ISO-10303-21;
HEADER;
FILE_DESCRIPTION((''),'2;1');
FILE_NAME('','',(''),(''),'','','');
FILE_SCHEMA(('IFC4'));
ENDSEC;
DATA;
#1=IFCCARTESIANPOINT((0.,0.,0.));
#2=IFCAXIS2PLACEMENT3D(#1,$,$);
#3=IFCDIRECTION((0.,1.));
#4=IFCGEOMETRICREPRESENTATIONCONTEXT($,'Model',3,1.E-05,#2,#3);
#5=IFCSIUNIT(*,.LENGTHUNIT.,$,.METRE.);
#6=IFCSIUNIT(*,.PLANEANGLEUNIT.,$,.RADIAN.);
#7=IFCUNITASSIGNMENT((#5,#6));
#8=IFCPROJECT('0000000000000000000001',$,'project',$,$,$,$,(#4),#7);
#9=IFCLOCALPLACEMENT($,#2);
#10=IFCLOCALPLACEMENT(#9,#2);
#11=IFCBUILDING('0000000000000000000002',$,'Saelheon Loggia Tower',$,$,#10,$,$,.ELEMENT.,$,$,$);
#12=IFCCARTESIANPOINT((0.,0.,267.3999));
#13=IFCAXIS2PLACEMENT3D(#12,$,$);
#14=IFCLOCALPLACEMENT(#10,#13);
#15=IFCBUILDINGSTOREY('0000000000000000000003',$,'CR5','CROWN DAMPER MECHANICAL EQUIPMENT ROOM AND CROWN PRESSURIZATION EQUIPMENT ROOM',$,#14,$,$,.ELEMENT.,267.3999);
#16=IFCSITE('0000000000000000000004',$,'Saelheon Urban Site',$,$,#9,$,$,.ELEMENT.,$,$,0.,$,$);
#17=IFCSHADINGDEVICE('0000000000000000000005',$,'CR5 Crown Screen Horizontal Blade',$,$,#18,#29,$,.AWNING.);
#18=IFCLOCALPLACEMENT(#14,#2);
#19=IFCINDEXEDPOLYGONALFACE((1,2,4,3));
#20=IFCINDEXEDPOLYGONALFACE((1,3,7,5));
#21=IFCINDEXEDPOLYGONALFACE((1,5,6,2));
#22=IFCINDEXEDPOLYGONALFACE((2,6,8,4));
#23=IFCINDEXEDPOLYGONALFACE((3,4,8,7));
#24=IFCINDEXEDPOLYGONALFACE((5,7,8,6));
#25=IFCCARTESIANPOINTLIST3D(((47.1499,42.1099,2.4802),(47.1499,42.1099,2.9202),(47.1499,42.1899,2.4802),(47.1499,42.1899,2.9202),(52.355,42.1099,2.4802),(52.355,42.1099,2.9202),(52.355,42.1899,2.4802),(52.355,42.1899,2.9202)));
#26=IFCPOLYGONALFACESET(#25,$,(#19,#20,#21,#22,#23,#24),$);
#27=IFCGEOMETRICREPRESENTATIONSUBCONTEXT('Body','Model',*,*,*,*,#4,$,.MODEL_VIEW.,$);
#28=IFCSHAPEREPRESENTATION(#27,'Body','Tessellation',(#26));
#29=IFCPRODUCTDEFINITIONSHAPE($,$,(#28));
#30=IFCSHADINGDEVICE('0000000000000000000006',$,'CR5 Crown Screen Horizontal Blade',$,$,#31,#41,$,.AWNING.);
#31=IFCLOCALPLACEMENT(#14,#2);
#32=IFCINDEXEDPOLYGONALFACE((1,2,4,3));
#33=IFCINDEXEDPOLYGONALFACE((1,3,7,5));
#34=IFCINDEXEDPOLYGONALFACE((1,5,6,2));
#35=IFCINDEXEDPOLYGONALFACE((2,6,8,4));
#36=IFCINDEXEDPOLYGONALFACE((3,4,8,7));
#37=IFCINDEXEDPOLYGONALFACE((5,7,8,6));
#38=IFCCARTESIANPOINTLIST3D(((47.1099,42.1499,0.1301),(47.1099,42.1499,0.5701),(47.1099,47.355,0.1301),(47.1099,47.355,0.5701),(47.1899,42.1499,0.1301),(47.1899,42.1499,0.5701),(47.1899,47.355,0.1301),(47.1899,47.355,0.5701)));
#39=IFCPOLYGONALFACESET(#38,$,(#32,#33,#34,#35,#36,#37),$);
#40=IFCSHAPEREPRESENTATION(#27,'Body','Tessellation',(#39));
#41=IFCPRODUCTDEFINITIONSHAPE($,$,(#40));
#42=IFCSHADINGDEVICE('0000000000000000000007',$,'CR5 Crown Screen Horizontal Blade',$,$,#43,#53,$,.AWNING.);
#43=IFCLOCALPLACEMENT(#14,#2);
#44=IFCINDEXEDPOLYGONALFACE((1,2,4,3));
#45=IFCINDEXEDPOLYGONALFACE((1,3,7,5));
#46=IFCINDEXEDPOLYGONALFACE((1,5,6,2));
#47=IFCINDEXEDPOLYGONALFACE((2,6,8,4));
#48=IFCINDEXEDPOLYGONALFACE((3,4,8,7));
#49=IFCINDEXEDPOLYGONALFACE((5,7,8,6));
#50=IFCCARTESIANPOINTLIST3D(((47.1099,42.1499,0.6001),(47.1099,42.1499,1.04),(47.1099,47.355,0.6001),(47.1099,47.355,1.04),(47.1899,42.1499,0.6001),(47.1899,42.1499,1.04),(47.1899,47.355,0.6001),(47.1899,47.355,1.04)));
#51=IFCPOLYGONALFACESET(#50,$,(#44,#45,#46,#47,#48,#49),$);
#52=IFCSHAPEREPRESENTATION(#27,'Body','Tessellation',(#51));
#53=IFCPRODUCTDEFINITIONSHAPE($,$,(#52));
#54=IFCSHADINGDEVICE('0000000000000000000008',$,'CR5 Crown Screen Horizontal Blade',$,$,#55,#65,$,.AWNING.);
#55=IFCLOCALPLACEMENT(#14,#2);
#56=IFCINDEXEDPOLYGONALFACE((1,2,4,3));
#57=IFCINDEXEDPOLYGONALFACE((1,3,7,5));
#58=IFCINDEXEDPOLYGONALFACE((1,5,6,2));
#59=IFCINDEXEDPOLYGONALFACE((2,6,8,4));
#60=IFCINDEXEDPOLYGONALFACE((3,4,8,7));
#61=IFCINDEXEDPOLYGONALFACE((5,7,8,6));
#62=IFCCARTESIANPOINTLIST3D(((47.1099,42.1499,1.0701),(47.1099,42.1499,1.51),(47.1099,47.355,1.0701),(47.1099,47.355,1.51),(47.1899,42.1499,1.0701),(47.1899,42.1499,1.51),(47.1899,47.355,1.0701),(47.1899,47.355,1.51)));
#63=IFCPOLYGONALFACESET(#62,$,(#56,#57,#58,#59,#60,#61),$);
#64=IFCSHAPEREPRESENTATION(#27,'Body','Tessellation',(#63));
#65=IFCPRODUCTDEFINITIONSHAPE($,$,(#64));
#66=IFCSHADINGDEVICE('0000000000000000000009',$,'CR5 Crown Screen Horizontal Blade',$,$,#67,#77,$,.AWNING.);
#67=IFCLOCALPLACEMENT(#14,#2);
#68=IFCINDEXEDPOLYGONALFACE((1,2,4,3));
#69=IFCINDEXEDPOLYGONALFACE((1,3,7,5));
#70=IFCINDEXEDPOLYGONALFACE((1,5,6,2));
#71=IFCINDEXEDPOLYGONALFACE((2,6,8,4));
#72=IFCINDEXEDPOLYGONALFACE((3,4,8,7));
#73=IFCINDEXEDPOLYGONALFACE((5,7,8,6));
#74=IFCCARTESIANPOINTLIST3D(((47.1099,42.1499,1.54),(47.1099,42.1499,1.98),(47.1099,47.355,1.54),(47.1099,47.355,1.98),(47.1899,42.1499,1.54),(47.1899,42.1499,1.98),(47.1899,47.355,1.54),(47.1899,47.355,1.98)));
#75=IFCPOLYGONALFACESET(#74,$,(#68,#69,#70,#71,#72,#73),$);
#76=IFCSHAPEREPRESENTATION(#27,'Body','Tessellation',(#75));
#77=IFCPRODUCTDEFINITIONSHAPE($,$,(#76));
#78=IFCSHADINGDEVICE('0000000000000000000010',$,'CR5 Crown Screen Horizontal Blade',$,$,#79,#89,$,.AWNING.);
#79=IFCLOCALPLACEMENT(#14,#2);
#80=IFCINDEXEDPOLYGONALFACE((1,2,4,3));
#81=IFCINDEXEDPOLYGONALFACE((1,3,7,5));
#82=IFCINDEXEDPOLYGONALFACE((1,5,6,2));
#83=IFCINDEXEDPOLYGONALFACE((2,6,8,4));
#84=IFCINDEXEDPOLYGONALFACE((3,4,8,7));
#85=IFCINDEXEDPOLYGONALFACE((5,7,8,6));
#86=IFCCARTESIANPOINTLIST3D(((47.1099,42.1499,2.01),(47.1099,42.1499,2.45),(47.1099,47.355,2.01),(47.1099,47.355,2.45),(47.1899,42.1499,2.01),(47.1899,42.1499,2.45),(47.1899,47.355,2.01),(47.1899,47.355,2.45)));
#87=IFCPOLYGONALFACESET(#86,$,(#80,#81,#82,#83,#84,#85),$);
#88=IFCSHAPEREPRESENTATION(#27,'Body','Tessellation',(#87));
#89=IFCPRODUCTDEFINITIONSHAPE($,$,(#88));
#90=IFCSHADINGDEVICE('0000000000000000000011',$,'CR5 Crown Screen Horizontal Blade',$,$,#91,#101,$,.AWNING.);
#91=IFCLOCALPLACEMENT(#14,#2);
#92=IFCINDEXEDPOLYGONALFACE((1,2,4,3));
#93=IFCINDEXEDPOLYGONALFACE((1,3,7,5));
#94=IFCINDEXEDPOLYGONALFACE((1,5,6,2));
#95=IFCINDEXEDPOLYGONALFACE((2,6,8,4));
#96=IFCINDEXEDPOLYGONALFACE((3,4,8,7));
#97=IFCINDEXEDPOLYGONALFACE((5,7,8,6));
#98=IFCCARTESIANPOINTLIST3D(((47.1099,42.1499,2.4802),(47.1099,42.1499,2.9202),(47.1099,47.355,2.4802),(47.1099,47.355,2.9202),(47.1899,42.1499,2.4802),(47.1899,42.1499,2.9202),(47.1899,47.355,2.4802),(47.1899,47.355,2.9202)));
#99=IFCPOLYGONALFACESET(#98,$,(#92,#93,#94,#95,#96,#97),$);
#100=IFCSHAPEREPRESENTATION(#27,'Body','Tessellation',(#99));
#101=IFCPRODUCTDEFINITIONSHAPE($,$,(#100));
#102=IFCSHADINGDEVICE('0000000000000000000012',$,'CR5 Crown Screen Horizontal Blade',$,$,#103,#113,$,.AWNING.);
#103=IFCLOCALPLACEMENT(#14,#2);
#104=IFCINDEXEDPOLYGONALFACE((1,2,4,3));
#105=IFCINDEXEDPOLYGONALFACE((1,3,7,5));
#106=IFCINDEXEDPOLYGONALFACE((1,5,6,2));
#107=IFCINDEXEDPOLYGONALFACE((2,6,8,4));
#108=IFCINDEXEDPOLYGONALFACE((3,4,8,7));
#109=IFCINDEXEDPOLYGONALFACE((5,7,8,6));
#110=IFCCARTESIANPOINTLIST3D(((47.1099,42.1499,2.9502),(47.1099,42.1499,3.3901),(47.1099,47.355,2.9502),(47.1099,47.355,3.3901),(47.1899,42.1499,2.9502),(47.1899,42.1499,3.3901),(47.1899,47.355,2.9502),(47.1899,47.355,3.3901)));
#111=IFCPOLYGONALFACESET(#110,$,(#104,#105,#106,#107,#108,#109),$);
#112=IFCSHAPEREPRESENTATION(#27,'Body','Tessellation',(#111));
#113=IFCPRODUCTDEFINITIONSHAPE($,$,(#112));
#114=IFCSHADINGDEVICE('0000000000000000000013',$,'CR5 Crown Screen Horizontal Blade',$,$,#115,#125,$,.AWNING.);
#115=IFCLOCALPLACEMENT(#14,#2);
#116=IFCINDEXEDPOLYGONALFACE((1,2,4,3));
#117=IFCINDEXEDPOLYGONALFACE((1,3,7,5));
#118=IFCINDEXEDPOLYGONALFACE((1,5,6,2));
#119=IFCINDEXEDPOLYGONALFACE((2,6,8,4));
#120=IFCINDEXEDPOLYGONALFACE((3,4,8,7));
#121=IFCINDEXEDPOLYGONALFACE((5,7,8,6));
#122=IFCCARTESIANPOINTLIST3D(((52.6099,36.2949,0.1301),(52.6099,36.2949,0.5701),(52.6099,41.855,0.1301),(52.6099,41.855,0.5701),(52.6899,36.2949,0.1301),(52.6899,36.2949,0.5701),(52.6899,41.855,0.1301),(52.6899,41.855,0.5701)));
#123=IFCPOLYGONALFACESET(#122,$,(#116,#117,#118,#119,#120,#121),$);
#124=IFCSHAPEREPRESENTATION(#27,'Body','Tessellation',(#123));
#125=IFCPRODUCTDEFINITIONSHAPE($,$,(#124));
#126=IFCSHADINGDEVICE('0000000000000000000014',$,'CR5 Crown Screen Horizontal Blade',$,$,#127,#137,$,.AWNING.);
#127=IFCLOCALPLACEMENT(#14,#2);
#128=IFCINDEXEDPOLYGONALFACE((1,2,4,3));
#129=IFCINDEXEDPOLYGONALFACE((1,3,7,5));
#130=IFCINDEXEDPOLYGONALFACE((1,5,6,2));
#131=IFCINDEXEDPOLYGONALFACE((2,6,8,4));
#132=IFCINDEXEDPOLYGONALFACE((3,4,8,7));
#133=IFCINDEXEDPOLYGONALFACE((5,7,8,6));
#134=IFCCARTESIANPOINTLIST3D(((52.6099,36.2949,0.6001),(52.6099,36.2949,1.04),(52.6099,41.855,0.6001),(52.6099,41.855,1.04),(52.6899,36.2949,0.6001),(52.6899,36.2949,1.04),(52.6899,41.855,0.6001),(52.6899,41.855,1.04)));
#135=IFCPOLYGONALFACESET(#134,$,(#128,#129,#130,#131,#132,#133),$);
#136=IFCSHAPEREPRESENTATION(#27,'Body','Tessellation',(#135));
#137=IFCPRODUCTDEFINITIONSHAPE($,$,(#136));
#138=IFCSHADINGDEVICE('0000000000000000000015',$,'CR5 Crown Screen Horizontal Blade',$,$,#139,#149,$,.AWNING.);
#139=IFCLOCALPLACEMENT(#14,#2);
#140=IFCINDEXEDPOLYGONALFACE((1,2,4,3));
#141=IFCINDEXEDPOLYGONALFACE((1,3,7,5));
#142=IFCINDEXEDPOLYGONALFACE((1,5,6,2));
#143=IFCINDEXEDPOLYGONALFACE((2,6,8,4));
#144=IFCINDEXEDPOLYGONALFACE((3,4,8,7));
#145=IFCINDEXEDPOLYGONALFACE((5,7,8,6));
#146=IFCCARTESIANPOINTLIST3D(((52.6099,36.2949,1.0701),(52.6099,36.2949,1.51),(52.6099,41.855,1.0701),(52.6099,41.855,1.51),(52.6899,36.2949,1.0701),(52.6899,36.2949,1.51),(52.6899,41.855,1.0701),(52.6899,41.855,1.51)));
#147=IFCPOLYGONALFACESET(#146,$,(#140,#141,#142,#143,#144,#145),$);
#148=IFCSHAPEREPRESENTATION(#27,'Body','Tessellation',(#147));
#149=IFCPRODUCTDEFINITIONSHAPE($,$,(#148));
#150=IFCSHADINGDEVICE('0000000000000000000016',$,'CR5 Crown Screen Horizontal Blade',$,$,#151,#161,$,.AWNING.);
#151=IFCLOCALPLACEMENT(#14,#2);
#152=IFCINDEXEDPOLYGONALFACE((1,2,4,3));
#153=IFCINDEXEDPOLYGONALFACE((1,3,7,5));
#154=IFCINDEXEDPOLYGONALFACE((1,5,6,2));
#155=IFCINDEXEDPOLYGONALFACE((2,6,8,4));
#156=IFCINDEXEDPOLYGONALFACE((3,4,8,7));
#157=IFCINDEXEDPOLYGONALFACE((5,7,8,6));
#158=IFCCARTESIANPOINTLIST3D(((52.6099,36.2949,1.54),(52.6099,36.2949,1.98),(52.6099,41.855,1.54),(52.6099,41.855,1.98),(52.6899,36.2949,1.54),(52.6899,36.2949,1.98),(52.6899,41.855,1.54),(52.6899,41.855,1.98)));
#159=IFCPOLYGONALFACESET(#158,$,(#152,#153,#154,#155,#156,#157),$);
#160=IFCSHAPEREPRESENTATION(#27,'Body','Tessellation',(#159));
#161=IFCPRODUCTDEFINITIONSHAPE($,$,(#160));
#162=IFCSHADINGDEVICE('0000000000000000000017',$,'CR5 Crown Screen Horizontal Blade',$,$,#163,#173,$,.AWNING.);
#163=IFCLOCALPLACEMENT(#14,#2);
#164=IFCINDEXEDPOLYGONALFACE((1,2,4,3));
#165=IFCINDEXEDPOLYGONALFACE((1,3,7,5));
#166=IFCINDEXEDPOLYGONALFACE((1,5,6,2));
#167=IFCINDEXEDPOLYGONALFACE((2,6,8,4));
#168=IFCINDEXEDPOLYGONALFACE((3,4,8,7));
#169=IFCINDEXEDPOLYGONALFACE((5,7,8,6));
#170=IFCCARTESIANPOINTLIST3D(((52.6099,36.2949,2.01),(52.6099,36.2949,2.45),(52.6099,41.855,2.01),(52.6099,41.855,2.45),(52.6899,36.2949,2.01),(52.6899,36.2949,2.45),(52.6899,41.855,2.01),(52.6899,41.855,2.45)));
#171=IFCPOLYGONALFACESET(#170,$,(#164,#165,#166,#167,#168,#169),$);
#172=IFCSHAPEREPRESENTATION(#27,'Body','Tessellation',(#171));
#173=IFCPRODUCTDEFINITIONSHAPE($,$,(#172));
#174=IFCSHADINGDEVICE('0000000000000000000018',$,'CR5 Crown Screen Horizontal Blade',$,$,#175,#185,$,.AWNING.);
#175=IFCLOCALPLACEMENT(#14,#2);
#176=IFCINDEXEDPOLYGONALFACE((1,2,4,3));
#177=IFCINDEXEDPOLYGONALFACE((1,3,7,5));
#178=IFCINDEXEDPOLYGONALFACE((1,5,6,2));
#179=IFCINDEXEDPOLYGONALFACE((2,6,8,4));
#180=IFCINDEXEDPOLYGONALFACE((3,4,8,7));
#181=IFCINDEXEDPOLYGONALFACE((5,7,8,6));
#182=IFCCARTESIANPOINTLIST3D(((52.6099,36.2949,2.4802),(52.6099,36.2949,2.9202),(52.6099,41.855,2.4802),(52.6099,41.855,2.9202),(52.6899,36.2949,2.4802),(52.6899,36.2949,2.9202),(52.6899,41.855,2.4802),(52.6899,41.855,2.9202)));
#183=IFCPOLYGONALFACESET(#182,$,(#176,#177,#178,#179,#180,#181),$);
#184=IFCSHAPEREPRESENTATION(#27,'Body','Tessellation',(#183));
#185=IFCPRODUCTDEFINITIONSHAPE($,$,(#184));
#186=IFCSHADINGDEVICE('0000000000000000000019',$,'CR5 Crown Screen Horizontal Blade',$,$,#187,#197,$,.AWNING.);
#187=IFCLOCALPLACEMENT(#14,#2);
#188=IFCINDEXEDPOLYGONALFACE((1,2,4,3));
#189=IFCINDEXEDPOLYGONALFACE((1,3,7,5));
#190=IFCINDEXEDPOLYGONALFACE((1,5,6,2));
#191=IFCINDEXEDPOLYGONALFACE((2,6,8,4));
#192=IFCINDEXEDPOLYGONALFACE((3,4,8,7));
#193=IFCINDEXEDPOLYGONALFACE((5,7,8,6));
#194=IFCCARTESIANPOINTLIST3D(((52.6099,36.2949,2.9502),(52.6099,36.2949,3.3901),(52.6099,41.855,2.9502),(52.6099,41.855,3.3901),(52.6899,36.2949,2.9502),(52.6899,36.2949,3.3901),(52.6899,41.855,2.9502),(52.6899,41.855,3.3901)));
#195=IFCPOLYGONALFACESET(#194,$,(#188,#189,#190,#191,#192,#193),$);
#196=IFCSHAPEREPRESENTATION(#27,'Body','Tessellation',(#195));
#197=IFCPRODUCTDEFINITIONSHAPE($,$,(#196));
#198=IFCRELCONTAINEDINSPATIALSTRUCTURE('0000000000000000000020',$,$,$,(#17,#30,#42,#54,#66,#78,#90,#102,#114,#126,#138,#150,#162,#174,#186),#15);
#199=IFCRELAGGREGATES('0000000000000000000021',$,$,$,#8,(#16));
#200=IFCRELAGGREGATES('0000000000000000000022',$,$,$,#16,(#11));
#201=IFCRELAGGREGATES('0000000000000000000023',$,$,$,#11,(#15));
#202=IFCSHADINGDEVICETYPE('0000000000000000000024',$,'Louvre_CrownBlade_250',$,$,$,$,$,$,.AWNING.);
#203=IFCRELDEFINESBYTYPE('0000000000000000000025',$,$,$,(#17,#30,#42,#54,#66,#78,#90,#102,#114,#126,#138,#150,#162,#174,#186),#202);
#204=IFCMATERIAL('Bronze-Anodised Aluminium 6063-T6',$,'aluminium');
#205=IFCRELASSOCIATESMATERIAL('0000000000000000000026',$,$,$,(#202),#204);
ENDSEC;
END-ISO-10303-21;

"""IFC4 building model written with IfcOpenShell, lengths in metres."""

from ifc_helpers import new_model, si_unit, direction, frame, origin, origin_2d, place, context, subcontext, project, spatial, rectangle, extrude, source, transform, mapped, material, material_profile, profile_set, type_object, element, save


model = new_model("IFC4")

# Units and contexts
model_context = context("Model", 3, precision=1e-05, world=origin(), true_north=direction((0.0, 1.0)))
body_context = subcontext(model_context, "Body", "Model", "MODEL_VIEW")
ifc_project = project(units=[si_unit("LENGTHUNIT", "METRE"), si_unit("PLANEANGLEUNIT", "RADIAN")], contexts=[model_context])

# Site, building, storey
site_placement = place(None, origin())
site = spatial("IfcSite", under=ifc_project, at=site_placement, Name="Saelheon Urban Site", CompositionType="ELEMENT", RefElevation=0.0)
building_placement = place(site_placement, origin())
building = spatial("IfcBuilding", under=site, at=building_placement, Name="Saelheon Loggia Tower", CompositionType="ELEMENT")
storey_placement = place(building_placement, frame((0.0, 0.0, 267.3999)))
storey = spatial("IfcBuildingStorey", under=building, at=storey_placement, Name="CR5", Description="CROWN DAMPER MECHANICAL EQUIPMENT ROOM AND CROWN PRESSURIZATION EQUIPMENT ROOM", CompositionType="ELEMENT", Elevation=267.3999)

# Shared definitions
ifc_material_1 = material(Name="Bronze-Anodised Aluminium 6063-T6", Category="aluminium")

# Shading devices
ifc_material_profile_1 = material_profile(ifc_material_1, rectangle(XDim=0.0801, YDim=0.4399, at=origin_2d()), Name="Louvre_CrownBlade_250")
ifc_profile_set_1 = profile_set([ifc_material_profile_1], Name="Bronze-Anodised Aluminium 6063-T6")
shading_device_type = type_object("IfcShadingDeviceType", Name="Louvre_CrownBlade_250", PredefinedType="AWNING", material=ifc_profile_set_1)
shared_shape_1 = source(origin(), body_context, "Body", "SweptSolid", [
    extrude(rectangle(XDim=0.0801, YDim=0.4399, at=origin_2d()), origin(), (0.0, 0.0, 1.0), 5.2051),
])
for number, where, z_axis, x_axis, name in (
    (1, (52.355, 42.1499, 2.7002), (-1.0, 0.0, 0.0), (0.0, -1.0, 0.0), "CR5 Crown Screen Horizontal Blade"),
    (2, (47.1499, 42.1499, 0.3501), (0.0, 1.0, 0.0), (-1.0, 0.0, 0.0), "CR5 Crown Screen Horizontal Blade"),
    (3, (47.1499, 42.1499, 0.8201), (0.0, 1.0, 0.0), (-1.0, 0.0, 0.0), "CR5 Crown Screen Horizontal Blade"),
    (4, (47.1499, 42.1499, 1.29), (0.0, 1.0, 0.0), (-1.0, 0.0, 0.0), "CR5 Crown Screen Horizontal Blade"),
    (5, (47.1499, 42.1499, 1.76), (0.0, 1.0, 0.0), (-1.0, 0.0, 0.0), "CR5 Crown Screen Horizontal Blade"),
    (6, (47.1499, 42.1499, 2.23), (0.0, 1.0, 0.0), (-1.0, 0.0, 0.0), "CR5 Crown Screen Horizontal Blade"),
    (7, (47.1499, 42.1499, 2.7002), (0.0, 1.0, 0.0), (-1.0, 0.0, 0.0), "CR5 Crown Screen Horizontal Blade"),
    (8, (47.1499, 42.1499, 3.1702), (0.0, 1.0, 0.0), (-1.0, 0.0, 0.0), "CR5 Crown Screen Horizontal Blade"),
):
    element("IfcShadingDevice", number, at=place(storey_placement, frame(where, z_axis=z_axis, x_axis=x_axis)), inside=storey, type_object=shading_device_type, Name=name, PredefinedType="AWNING", context=body_context, shape_type="MappedRepresentation", body=[
        mapped(shared_shape_1, transform((0.0, 0.0, 0.0), scale=1.0)),
    ])
shared_shape_2 = source(origin(), body_context, "Body", "SweptSolid", [
    extrude(rectangle(XDim=0.0801, YDim=0.4399, at=origin_2d()), origin(), (0.0, 0.0, 1.0), 5.5601),
])
for number, where, z_axis, x_axis, name in (
    (9, (52.6499, 36.2949, 0.3501), (0.0, 1.0, 0.0), (-1.0, 0.0, 0.0), "CR5 Crown Screen Horizontal Blade"),
    (10, (52.6499, 36.2949, 0.8201), (0.0, 1.0, 0.0), (-1.0, 0.0, 0.0), "CR5 Crown Screen Horizontal Blade"),
    (11, (52.6499, 36.2949, 1.29), (0.0, 1.0, 0.0), (-1.0, 0.0, 0.0), "CR5 Crown Screen Horizontal Blade"),
    (12, (52.6499, 36.2949, 1.76), (0.0, 1.0, 0.0), (-1.0, 0.0, 0.0), "CR5 Crown Screen Horizontal Blade"),
    (13, (52.6499, 36.2949, 2.23), (0.0, 1.0, 0.0), (-1.0, 0.0, 0.0), "CR5 Crown Screen Horizontal Blade"),
    (14, (52.6499, 36.2949, 2.7002), (0.0, 1.0, 0.0), (-1.0, 0.0, 0.0), "CR5 Crown Screen Horizontal Blade"),
    (15, (52.6499, 36.2949, 3.1702), (0.0, 1.0, 0.0), (-1.0, 0.0, 0.0), "CR5 Crown Screen Horizontal Blade"),
):
    element("IfcShadingDevice", number, at=place(storey_placement, frame(where, z_axis=z_axis, x_axis=x_axis)), inside=storey, type_object=shading_device_type, Name=name, PredefinedType="AWNING", context=body_context, shape_type="MappedRepresentation", body=[
        mapped(shared_shape_2, transform((0.0, 0.0, 0.0), scale=1.0)),
    ])

save(model, "model.ifc")
